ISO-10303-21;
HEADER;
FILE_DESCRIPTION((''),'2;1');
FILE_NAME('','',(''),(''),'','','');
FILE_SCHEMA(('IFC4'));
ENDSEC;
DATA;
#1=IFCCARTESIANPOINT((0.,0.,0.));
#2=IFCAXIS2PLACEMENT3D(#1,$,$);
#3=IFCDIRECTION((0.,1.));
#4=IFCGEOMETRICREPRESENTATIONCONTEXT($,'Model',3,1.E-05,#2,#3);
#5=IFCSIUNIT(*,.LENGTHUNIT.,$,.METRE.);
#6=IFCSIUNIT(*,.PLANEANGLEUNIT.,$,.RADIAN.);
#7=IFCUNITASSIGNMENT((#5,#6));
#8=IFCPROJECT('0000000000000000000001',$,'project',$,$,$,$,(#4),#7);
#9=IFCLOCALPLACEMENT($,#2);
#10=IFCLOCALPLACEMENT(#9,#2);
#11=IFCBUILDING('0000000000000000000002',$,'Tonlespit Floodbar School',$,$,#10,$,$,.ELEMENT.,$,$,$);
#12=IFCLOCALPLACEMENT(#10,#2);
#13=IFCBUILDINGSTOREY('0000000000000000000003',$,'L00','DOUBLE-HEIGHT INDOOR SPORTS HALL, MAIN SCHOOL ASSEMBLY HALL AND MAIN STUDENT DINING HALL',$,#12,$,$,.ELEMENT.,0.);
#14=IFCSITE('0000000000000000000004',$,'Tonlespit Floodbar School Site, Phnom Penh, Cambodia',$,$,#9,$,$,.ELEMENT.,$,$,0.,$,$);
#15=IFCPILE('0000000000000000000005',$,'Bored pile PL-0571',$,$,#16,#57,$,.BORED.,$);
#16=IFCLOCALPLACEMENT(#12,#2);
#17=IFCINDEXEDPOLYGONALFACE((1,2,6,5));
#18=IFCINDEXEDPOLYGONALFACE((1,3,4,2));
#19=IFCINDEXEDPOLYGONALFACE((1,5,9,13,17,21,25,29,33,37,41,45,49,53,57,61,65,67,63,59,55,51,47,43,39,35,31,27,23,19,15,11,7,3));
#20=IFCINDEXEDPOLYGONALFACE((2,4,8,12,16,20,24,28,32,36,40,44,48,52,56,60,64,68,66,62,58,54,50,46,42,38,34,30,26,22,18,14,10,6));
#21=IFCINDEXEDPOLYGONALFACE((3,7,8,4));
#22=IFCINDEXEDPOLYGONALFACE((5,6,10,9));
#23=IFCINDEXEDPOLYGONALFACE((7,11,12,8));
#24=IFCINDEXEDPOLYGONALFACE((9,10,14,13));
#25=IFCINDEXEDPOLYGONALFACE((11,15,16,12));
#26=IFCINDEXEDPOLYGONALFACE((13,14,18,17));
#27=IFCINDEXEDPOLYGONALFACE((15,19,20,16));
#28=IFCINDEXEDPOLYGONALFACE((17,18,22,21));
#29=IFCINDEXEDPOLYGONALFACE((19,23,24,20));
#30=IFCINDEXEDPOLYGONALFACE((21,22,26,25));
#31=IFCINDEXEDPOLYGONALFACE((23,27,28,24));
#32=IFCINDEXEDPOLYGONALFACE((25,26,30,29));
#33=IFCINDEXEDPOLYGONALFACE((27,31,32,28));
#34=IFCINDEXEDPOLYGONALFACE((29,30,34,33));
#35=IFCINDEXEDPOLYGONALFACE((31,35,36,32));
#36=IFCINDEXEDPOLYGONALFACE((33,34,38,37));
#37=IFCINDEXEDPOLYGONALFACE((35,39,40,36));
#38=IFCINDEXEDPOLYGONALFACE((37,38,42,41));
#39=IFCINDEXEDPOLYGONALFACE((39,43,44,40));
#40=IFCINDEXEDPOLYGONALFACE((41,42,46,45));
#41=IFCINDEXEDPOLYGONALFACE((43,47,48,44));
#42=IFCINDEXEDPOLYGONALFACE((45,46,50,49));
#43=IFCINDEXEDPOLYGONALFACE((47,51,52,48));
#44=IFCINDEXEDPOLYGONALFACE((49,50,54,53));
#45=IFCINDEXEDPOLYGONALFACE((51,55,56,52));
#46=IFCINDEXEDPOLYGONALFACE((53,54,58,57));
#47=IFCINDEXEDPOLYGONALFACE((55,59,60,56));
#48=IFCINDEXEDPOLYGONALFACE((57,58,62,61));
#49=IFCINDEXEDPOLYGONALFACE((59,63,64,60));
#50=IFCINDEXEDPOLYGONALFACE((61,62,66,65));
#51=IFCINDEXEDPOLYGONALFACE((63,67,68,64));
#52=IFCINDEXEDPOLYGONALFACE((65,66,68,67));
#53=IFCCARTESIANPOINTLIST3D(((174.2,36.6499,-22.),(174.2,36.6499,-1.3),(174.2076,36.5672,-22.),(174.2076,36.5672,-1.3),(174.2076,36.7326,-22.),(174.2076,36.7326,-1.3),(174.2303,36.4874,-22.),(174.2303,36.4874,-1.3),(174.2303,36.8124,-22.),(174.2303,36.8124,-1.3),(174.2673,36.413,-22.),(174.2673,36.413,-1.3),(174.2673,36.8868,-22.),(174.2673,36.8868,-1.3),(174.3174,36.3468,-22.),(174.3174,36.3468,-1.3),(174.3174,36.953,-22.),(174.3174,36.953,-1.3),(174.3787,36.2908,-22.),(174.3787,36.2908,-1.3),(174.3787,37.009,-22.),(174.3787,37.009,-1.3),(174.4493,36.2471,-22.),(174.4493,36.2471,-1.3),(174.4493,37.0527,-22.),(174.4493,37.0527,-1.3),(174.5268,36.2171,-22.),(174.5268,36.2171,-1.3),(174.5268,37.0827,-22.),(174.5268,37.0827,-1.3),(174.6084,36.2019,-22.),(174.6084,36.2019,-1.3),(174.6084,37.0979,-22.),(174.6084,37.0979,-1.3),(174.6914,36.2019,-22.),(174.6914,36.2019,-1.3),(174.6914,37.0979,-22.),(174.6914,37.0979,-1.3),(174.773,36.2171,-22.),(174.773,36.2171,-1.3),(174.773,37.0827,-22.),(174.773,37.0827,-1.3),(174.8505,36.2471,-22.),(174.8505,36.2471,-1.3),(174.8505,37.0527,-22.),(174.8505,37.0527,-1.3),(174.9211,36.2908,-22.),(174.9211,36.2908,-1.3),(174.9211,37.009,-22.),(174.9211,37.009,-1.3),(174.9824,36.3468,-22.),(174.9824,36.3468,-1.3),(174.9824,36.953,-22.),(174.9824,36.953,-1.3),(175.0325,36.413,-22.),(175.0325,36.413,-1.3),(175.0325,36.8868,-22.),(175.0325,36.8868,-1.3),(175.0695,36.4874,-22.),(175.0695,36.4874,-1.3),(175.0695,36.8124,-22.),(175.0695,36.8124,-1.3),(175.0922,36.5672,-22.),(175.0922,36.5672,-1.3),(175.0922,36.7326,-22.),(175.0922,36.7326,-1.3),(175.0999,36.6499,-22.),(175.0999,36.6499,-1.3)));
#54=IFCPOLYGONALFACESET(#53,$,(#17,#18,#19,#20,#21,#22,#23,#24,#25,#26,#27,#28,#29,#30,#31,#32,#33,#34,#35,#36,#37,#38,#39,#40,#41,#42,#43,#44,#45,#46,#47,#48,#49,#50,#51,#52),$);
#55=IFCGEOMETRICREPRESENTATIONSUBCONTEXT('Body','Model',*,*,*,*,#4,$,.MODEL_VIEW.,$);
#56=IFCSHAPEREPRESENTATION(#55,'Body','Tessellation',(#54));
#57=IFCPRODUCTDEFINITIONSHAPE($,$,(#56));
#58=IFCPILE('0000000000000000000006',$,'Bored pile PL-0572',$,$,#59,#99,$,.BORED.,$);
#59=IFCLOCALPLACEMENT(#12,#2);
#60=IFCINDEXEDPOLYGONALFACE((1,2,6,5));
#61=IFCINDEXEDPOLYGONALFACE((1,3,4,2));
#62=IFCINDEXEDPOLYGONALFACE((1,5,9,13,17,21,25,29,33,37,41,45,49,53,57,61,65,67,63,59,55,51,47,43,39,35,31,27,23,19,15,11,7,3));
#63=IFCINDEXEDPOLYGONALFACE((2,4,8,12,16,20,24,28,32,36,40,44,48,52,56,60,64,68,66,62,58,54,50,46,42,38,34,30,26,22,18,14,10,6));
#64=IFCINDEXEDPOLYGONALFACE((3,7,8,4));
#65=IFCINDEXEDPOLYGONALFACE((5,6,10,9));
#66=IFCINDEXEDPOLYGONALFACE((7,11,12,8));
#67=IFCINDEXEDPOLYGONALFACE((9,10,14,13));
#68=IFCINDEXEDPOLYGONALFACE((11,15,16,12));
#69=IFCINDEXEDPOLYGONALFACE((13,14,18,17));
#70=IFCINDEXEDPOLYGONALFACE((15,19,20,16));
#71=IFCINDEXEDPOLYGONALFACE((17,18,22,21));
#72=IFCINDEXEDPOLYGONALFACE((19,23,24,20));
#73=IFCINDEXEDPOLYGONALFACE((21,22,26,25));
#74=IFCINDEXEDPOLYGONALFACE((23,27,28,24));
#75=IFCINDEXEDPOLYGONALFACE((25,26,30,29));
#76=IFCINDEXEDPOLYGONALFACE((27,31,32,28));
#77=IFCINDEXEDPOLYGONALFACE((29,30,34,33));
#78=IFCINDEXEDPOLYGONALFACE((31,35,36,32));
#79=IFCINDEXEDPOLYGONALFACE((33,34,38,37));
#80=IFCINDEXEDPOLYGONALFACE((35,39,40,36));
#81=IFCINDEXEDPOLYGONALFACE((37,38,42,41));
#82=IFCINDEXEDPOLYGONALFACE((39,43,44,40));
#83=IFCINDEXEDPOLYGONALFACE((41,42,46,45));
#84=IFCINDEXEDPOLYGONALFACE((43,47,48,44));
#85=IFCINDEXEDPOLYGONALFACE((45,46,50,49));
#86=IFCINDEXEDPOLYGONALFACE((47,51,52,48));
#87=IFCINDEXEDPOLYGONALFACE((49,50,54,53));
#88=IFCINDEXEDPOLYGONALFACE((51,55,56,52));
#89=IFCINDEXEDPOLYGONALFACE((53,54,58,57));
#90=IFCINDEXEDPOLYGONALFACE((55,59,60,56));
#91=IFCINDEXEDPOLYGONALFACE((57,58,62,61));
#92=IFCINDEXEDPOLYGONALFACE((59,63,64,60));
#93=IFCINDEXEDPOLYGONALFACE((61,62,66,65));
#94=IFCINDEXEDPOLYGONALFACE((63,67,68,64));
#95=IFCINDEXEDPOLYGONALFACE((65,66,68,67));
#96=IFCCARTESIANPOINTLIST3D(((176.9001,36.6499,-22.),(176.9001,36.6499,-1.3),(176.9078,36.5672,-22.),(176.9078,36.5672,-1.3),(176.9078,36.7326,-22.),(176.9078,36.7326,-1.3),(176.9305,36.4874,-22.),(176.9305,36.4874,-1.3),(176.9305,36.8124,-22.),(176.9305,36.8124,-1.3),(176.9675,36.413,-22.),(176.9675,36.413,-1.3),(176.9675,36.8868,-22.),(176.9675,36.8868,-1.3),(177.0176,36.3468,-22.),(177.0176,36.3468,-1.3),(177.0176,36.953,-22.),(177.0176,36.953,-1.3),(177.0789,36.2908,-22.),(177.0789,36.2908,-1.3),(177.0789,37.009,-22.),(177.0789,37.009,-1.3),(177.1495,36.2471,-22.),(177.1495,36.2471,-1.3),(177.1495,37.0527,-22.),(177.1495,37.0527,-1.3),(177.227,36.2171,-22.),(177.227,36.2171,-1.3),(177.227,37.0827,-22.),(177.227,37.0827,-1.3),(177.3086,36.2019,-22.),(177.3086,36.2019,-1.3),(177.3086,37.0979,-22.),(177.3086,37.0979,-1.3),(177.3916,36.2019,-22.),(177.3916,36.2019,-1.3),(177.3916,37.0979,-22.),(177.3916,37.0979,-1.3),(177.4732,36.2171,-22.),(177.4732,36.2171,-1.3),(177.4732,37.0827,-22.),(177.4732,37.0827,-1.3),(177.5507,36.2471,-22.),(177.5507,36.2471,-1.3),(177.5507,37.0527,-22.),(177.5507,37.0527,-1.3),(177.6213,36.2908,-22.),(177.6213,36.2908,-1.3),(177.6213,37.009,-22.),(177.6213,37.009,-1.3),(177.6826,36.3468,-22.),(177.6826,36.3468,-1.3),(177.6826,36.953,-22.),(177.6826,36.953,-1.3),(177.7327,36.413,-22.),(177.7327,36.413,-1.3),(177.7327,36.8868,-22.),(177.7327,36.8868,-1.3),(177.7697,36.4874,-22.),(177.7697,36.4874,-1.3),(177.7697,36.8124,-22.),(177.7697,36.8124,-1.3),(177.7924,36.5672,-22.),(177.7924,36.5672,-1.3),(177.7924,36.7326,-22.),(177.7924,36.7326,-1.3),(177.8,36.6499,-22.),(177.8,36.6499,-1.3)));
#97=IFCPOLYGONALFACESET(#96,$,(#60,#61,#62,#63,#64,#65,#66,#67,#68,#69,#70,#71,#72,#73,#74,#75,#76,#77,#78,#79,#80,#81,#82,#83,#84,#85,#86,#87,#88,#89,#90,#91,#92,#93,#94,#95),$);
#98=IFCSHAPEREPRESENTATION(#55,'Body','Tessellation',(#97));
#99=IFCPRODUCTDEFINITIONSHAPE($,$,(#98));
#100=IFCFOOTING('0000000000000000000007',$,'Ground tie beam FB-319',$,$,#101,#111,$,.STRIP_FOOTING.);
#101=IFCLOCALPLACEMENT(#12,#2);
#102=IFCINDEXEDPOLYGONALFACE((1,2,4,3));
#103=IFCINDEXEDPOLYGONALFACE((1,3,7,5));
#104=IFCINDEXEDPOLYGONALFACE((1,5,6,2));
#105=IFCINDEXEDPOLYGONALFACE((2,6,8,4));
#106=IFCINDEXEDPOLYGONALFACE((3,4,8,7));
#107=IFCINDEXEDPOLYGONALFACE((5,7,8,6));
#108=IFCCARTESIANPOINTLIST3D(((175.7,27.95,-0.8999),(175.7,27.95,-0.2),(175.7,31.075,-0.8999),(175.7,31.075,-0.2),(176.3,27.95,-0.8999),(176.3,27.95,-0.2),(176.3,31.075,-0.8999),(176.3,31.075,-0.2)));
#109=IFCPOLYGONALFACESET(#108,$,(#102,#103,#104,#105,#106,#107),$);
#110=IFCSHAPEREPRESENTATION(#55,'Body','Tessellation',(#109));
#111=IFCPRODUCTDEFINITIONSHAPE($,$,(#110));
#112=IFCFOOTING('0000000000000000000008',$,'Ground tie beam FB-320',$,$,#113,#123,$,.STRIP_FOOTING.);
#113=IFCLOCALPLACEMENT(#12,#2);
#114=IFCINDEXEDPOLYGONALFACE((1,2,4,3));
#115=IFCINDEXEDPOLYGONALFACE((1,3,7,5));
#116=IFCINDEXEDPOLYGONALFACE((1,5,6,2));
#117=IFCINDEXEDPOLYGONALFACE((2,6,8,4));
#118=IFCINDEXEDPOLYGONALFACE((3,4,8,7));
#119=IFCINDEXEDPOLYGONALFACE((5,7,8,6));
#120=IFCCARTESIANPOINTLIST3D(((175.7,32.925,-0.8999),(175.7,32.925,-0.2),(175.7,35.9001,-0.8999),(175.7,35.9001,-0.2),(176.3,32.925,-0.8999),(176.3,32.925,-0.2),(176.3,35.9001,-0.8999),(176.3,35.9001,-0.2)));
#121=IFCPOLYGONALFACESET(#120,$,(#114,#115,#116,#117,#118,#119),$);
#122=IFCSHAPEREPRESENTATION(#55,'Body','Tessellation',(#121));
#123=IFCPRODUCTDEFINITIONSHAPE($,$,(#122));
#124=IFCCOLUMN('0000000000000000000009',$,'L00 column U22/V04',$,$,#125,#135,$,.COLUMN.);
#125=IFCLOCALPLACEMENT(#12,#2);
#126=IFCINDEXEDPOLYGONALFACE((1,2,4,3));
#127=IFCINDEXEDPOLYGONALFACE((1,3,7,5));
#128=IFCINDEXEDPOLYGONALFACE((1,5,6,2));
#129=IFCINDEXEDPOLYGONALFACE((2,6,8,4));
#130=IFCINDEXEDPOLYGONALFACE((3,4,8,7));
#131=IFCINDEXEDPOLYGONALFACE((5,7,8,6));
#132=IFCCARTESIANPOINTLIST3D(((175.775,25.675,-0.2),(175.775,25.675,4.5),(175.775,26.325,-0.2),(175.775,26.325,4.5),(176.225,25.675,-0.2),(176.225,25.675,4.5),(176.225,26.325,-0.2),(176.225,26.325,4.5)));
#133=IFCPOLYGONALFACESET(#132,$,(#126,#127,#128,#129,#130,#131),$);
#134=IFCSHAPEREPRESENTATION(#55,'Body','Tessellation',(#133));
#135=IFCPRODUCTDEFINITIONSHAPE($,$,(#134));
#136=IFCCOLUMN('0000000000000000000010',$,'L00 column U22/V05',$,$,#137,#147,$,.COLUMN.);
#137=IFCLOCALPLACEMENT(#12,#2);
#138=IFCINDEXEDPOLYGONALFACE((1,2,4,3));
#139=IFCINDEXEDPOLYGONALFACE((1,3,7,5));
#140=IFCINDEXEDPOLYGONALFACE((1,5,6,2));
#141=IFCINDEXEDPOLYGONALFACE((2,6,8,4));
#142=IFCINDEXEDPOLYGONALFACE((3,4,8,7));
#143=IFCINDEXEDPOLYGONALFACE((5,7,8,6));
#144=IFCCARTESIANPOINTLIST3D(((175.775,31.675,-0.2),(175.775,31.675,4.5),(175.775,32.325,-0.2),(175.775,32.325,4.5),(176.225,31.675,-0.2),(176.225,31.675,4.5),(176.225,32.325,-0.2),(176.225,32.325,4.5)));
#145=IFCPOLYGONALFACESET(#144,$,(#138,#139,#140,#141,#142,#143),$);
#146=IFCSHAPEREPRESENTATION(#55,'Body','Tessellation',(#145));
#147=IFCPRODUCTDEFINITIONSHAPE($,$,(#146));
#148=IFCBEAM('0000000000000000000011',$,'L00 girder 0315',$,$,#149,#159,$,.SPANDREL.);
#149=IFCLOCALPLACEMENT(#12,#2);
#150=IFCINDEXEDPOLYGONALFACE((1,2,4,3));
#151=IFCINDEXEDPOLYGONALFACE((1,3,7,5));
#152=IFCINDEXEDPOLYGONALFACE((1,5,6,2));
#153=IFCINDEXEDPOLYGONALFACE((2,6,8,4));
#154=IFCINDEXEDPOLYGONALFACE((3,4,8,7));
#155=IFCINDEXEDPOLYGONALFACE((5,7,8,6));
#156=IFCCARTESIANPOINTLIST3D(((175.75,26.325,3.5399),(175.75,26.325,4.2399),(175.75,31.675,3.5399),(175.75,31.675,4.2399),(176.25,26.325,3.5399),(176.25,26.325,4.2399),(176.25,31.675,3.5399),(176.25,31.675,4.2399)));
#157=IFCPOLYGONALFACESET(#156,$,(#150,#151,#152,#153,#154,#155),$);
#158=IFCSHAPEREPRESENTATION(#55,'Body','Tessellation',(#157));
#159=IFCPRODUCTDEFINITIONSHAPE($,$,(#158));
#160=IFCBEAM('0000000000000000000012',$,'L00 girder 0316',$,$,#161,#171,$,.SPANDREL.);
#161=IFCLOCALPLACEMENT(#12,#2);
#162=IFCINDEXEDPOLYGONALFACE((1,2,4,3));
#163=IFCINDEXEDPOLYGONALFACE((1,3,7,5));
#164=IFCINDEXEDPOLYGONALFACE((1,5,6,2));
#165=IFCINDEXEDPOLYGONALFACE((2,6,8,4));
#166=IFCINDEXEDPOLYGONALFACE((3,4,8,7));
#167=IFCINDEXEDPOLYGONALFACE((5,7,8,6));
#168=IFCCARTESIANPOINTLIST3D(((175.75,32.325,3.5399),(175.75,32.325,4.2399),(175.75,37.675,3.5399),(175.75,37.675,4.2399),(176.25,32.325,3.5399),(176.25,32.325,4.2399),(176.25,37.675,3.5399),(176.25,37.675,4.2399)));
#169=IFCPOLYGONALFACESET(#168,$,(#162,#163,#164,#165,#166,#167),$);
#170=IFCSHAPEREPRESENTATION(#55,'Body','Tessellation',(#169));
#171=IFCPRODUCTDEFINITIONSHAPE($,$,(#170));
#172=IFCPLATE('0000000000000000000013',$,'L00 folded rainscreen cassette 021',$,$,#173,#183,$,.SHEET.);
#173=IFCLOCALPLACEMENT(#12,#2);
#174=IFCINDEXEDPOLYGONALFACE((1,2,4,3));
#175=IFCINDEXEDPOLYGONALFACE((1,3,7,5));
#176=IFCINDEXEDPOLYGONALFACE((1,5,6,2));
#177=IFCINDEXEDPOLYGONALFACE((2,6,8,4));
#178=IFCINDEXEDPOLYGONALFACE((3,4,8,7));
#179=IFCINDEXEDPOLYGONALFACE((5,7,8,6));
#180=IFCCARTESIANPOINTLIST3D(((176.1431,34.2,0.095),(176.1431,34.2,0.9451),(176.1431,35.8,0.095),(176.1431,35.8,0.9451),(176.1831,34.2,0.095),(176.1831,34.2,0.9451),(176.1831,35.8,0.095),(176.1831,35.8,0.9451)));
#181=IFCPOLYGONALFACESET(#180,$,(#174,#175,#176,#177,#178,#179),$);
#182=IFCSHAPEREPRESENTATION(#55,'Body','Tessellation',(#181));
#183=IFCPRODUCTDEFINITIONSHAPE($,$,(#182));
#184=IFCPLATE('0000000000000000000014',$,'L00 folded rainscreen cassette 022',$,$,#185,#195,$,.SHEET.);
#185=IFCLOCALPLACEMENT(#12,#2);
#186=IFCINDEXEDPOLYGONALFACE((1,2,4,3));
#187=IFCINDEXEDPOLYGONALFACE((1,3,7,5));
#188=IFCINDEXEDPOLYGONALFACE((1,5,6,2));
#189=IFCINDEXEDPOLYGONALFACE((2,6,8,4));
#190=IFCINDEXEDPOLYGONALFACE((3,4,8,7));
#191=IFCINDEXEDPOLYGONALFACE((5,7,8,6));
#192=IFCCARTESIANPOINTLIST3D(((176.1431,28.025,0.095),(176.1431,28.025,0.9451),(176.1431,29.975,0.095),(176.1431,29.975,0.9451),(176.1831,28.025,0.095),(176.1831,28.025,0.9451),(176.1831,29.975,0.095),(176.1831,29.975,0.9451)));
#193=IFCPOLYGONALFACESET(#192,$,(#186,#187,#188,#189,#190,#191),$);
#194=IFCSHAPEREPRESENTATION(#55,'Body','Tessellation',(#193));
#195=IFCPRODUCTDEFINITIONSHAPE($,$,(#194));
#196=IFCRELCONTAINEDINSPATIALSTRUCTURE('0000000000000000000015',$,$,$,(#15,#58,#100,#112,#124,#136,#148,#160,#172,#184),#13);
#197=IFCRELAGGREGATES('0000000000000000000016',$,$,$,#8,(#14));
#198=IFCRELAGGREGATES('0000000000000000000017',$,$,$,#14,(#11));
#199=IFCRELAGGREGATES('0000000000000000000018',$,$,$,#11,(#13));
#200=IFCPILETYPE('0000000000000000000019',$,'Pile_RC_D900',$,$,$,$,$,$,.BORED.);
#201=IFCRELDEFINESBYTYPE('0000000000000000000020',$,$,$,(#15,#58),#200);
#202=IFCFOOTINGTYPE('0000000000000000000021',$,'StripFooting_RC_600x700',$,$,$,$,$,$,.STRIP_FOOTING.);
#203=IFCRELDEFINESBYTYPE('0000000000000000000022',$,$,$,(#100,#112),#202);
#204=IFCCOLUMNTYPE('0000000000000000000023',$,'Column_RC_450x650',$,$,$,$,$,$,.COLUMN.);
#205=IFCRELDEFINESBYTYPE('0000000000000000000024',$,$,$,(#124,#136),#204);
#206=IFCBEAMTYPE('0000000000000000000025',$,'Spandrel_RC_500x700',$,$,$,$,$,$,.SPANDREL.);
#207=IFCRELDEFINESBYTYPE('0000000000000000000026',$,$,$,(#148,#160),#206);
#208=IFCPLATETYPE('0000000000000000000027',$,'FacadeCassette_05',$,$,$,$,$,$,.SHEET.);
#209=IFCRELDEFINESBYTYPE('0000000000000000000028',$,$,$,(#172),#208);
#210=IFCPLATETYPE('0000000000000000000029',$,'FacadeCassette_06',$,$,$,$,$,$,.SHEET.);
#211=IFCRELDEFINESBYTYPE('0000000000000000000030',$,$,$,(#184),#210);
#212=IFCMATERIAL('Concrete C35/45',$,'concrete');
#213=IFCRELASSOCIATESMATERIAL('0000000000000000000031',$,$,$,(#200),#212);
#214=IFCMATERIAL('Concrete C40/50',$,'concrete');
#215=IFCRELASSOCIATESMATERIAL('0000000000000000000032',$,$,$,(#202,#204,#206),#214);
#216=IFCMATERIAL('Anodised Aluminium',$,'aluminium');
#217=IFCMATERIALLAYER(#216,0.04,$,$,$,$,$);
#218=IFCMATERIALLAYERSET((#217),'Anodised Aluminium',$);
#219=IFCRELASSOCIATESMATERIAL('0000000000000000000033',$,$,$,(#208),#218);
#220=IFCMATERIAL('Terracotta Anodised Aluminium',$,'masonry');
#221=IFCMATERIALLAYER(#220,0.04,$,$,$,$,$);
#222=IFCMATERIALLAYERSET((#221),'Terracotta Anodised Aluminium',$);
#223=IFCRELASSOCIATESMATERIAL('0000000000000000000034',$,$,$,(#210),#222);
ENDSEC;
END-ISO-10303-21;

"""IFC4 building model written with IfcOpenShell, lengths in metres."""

from ifc_helpers import new_model, si_unit, direction, frame, origin, origin_2d, place, context, subcontext, project, spatial, rectangle, circle, extrude, material, layer, layer_set, material_profile, profile_set, type_object, element, save


model = new_model("IFC4")

# Units and contexts
model_context = context("Model", 3, precision=1e-05, world=origin(), true_north=direction((0.0, 1.0)))
body_context = subcontext(model_context, "Body", "Model", "MODEL_VIEW")
ifc_project = project(units=[si_unit("LENGTHUNIT", "METRE"), si_unit("PLANEANGLEUNIT", "RADIAN")], contexts=[model_context])

# Site, building, storey
site_placement = place(None, origin())
site = spatial("IfcSite", under=ifc_project, at=site_placement, Name="Tonlespit Floodbar School Site, Phnom Penh, Cambodia", CompositionType="ELEMENT", RefElevation=0.0)
building_placement = place(site_placement, origin())
building = spatial("IfcBuilding", under=site, at=building_placement, Name="Tonlespit Floodbar School", CompositionType="ELEMENT")
storey_placement = place(building_placement, origin())
storey = spatial("IfcBuildingStorey", under=building, at=storey_placement, Name="L00", Description="DOUBLE-HEIGHT INDOOR SPORTS HALL, MAIN SCHOOL ASSEMBLY HALL AND MAIN STUDENT DINING HALL", CompositionType="ELEMENT", Elevation=0.0)

# Shared definitions
ifc_material_1 = material(Name="Concrete C40/50", Category="concrete")

# Piles
ifc_material_2 = material(Name="Concrete C35/45", Category="concrete")
ifc_material_profile_1 = material_profile(ifc_material_2, circle(Radius=0.45, at=origin_2d()), Name="BP D900")
ifc_profile_set_1 = profile_set([ifc_material_profile_1], Name="Concrete C35/45")
pile_type_1 = type_object("IfcPileType", Name="Pile_RC_D900", PredefinedType="BORED", material=ifc_profile_set_1)
for number, where, z_axis, x_axis, name in (
    (1, (174.6499, 36.6499, -1.3), (0.0, 0.0, -1.0), (1.0, 0.0, 0.0), "Bored pile PL-0571"),
    (2, (177.3501, 36.6499, -1.3), (0.0, 0.0, -1.0), (1.0, 0.0, 0.0), "Bored pile PL-0572"),
):
    element("IfcPile", number, at=place(storey_placement, frame(where, z_axis=z_axis, x_axis=x_axis)), inside=storey, type_object=pile_type_1, Name=name, PredefinedType="BORED", context=body_context, shape_type="SweptSolid", body=[
        extrude(circle(Radius=0.45, at=origin_2d()), origin(), (0.0, 0.0, 1.0), 20.7),
    ])

# Footings
footing_type_1 = type_object("IfcFootingType", Name="StripFooting_RC_600x700", PredefinedType="STRIP_FOOTING", material=ifc_material_1)
footing_1_placement = place(storey_placement, frame((176.0, 29.5125, -0.8999), z_axis=(0.0, 0.0, 1.0), x_axis=(0.0, 1.0, 0.0)))
element("IfcFooting", 3, at=footing_1_placement, inside=storey, type_object=footing_type_1, Name="Ground tie beam FB-319", PredefinedType="STRIP_FOOTING", context=body_context, shape_type="SweptSolid", body=[
    extrude(rectangle(XDim=3.125, YDim=0.6001, at=origin_2d()), origin(), (0.0, 0.0, 1.0), 0.7),
])
footing_2_placement = place(storey_placement, frame((176.0, 34.4126, -0.8999), z_axis=(0.0, 0.0, 1.0), x_axis=(0.0, 1.0, 0.0)))
element("IfcFooting", 4, at=footing_2_placement, inside=storey, type_object=footing_type_1, Name="Ground tie beam FB-320", PredefinedType="STRIP_FOOTING", context=body_context, shape_type="SweptSolid", body=[
    extrude(rectangle(XDim=2.9751, YDim=0.6001, at=origin_2d()), origin(), (0.0, 0.0, 1.0), 0.7),
])

# Columns
ifc_material_profile_2 = material_profile(ifc_material_1, rectangle(XDim=0.45, YDim=0.6499, at=origin_2d()), Name="RC 450x650")
ifc_profile_set_2 = profile_set([ifc_material_profile_2], Name="Concrete C40/50")
column_type = type_object("IfcColumnType", Name="Column_RC_450x650", PredefinedType="COLUMN", material=ifc_profile_set_2)
for number, where, z_axis, x_axis, name in (
    (5, (176.0, 26.0, -0.2), (0.0, 0.0, 1.0), (1.0, 0.0, 0.0), "L00 column U22/V04"),
    (6, (176.0, 32.0, -0.2), (0.0, 0.0, 1.0), (1.0, 0.0, 0.0), "L00 column U22/V05"),
):
    element("IfcColumn", number, at=place(storey_placement, frame(where, z_axis=z_axis, x_axis=x_axis)), inside=storey, type_object=column_type, Name=name, PredefinedType="COLUMN", context=body_context, shape_type="SweptSolid", body=[
        extrude(rectangle(XDim=0.45, YDim=0.6499, at=origin_2d()), origin(), (0.0, 0.0, 1.0), 4.7),
    ])

# Beams
ifc_material_profile_3 = material_profile(ifc_material_1, rectangle(XDim=0.5, YDim=0.7, at=origin_2d()), Name="RC 500x700")
ifc_profile_set_3 = profile_set([ifc_material_profile_3], Name="Concrete C40/50")
beam_type = type_object("IfcBeamType", Name="Spandrel_RC_500x700", PredefinedType="SPANDREL", material=ifc_profile_set_3)
for number, where, z_axis, x_axis, name in (
    (7, (176.0, 26.325, 3.8899), (0.0, 1.0, 0.0), (-1.0, 0.0, 0.0), "L00 girder 0315"),
    (8, (176.0, 32.325, 3.8899), (0.0, 1.0, 0.0), (-1.0, 0.0, 0.0), "L00 girder 0316"),
):
    element("IfcBeam", number, at=place(storey_placement, frame(where, z_axis=z_axis, x_axis=x_axis)), inside=storey, type_object=beam_type, Name=name, PredefinedType="SPANDREL", context=body_context, shape_type="SweptSolid", body=[
        extrude(rectangle(XDim=0.5, YDim=0.7, at=origin_2d()), origin(), (0.0, 0.0, 1.0), 5.3501),
    ])

# Plates
ifc_material_3 = material(Name="Anodised Aluminium", Category="aluminium")
ifc_layer_1 = layer(ifc_material_3, 0.04)
ifc_layer_set_1 = layer_set([ifc_layer_1], Name="Anodised Aluminium")
plate_type_1 = type_object("IfcPlateType", Name="FacadeCassette_05", PredefinedType="SHEET", material=ifc_layer_set_1)
plate_1_placement = place(storey_placement, frame((176.1631, 35.0, 0.095), z_axis=(0.0, 0.0, 1.0), x_axis=(0.0, -1.0, 0.0)))
element("IfcPlate", 9, at=plate_1_placement, inside=storey, type_object=plate_type_1, Name="L00 folded rainscreen cassette 021", PredefinedType="SHEET", context=body_context, shape_type="SweptSolid", body=[
    extrude(rectangle(XDim=1.6001, YDim=0.04, at=origin_2d()), origin(), (0.0, 0.0, 1.0), 0.8501),
])
ifc_material_4 = material(Name="Terracotta Anodised Aluminium", Category="masonry")
ifc_layer_2 = layer(ifc_material_4, 0.04)
ifc_layer_set_2 = layer_set([ifc_layer_2], Name="Terracotta Anodised Aluminium")
plate_type_2 = type_object("IfcPlateType", Name="FacadeCassette_06", PredefinedType="SHEET", material=ifc_layer_set_2)
plate_2_placement = place(storey_placement, frame((176.1631, 29.0, 0.095), z_axis=(0.0, 0.0, 1.0), x_axis=(0.0, -1.0, 0.0)))
element("IfcPlate", 10, at=plate_2_placement, inside=storey, type_object=plate_type_2, Name="L00 folded rainscreen cassette 022", PredefinedType="SHEET", context=body_context, shape_type="SweptSolid", body=[
    extrude(rectangle(XDim=1.95, YDim=0.04, at=origin_2d()), origin(), (0.0, 0.0, 1.0), 0.8501),
])

save(model, "model.ifc")
